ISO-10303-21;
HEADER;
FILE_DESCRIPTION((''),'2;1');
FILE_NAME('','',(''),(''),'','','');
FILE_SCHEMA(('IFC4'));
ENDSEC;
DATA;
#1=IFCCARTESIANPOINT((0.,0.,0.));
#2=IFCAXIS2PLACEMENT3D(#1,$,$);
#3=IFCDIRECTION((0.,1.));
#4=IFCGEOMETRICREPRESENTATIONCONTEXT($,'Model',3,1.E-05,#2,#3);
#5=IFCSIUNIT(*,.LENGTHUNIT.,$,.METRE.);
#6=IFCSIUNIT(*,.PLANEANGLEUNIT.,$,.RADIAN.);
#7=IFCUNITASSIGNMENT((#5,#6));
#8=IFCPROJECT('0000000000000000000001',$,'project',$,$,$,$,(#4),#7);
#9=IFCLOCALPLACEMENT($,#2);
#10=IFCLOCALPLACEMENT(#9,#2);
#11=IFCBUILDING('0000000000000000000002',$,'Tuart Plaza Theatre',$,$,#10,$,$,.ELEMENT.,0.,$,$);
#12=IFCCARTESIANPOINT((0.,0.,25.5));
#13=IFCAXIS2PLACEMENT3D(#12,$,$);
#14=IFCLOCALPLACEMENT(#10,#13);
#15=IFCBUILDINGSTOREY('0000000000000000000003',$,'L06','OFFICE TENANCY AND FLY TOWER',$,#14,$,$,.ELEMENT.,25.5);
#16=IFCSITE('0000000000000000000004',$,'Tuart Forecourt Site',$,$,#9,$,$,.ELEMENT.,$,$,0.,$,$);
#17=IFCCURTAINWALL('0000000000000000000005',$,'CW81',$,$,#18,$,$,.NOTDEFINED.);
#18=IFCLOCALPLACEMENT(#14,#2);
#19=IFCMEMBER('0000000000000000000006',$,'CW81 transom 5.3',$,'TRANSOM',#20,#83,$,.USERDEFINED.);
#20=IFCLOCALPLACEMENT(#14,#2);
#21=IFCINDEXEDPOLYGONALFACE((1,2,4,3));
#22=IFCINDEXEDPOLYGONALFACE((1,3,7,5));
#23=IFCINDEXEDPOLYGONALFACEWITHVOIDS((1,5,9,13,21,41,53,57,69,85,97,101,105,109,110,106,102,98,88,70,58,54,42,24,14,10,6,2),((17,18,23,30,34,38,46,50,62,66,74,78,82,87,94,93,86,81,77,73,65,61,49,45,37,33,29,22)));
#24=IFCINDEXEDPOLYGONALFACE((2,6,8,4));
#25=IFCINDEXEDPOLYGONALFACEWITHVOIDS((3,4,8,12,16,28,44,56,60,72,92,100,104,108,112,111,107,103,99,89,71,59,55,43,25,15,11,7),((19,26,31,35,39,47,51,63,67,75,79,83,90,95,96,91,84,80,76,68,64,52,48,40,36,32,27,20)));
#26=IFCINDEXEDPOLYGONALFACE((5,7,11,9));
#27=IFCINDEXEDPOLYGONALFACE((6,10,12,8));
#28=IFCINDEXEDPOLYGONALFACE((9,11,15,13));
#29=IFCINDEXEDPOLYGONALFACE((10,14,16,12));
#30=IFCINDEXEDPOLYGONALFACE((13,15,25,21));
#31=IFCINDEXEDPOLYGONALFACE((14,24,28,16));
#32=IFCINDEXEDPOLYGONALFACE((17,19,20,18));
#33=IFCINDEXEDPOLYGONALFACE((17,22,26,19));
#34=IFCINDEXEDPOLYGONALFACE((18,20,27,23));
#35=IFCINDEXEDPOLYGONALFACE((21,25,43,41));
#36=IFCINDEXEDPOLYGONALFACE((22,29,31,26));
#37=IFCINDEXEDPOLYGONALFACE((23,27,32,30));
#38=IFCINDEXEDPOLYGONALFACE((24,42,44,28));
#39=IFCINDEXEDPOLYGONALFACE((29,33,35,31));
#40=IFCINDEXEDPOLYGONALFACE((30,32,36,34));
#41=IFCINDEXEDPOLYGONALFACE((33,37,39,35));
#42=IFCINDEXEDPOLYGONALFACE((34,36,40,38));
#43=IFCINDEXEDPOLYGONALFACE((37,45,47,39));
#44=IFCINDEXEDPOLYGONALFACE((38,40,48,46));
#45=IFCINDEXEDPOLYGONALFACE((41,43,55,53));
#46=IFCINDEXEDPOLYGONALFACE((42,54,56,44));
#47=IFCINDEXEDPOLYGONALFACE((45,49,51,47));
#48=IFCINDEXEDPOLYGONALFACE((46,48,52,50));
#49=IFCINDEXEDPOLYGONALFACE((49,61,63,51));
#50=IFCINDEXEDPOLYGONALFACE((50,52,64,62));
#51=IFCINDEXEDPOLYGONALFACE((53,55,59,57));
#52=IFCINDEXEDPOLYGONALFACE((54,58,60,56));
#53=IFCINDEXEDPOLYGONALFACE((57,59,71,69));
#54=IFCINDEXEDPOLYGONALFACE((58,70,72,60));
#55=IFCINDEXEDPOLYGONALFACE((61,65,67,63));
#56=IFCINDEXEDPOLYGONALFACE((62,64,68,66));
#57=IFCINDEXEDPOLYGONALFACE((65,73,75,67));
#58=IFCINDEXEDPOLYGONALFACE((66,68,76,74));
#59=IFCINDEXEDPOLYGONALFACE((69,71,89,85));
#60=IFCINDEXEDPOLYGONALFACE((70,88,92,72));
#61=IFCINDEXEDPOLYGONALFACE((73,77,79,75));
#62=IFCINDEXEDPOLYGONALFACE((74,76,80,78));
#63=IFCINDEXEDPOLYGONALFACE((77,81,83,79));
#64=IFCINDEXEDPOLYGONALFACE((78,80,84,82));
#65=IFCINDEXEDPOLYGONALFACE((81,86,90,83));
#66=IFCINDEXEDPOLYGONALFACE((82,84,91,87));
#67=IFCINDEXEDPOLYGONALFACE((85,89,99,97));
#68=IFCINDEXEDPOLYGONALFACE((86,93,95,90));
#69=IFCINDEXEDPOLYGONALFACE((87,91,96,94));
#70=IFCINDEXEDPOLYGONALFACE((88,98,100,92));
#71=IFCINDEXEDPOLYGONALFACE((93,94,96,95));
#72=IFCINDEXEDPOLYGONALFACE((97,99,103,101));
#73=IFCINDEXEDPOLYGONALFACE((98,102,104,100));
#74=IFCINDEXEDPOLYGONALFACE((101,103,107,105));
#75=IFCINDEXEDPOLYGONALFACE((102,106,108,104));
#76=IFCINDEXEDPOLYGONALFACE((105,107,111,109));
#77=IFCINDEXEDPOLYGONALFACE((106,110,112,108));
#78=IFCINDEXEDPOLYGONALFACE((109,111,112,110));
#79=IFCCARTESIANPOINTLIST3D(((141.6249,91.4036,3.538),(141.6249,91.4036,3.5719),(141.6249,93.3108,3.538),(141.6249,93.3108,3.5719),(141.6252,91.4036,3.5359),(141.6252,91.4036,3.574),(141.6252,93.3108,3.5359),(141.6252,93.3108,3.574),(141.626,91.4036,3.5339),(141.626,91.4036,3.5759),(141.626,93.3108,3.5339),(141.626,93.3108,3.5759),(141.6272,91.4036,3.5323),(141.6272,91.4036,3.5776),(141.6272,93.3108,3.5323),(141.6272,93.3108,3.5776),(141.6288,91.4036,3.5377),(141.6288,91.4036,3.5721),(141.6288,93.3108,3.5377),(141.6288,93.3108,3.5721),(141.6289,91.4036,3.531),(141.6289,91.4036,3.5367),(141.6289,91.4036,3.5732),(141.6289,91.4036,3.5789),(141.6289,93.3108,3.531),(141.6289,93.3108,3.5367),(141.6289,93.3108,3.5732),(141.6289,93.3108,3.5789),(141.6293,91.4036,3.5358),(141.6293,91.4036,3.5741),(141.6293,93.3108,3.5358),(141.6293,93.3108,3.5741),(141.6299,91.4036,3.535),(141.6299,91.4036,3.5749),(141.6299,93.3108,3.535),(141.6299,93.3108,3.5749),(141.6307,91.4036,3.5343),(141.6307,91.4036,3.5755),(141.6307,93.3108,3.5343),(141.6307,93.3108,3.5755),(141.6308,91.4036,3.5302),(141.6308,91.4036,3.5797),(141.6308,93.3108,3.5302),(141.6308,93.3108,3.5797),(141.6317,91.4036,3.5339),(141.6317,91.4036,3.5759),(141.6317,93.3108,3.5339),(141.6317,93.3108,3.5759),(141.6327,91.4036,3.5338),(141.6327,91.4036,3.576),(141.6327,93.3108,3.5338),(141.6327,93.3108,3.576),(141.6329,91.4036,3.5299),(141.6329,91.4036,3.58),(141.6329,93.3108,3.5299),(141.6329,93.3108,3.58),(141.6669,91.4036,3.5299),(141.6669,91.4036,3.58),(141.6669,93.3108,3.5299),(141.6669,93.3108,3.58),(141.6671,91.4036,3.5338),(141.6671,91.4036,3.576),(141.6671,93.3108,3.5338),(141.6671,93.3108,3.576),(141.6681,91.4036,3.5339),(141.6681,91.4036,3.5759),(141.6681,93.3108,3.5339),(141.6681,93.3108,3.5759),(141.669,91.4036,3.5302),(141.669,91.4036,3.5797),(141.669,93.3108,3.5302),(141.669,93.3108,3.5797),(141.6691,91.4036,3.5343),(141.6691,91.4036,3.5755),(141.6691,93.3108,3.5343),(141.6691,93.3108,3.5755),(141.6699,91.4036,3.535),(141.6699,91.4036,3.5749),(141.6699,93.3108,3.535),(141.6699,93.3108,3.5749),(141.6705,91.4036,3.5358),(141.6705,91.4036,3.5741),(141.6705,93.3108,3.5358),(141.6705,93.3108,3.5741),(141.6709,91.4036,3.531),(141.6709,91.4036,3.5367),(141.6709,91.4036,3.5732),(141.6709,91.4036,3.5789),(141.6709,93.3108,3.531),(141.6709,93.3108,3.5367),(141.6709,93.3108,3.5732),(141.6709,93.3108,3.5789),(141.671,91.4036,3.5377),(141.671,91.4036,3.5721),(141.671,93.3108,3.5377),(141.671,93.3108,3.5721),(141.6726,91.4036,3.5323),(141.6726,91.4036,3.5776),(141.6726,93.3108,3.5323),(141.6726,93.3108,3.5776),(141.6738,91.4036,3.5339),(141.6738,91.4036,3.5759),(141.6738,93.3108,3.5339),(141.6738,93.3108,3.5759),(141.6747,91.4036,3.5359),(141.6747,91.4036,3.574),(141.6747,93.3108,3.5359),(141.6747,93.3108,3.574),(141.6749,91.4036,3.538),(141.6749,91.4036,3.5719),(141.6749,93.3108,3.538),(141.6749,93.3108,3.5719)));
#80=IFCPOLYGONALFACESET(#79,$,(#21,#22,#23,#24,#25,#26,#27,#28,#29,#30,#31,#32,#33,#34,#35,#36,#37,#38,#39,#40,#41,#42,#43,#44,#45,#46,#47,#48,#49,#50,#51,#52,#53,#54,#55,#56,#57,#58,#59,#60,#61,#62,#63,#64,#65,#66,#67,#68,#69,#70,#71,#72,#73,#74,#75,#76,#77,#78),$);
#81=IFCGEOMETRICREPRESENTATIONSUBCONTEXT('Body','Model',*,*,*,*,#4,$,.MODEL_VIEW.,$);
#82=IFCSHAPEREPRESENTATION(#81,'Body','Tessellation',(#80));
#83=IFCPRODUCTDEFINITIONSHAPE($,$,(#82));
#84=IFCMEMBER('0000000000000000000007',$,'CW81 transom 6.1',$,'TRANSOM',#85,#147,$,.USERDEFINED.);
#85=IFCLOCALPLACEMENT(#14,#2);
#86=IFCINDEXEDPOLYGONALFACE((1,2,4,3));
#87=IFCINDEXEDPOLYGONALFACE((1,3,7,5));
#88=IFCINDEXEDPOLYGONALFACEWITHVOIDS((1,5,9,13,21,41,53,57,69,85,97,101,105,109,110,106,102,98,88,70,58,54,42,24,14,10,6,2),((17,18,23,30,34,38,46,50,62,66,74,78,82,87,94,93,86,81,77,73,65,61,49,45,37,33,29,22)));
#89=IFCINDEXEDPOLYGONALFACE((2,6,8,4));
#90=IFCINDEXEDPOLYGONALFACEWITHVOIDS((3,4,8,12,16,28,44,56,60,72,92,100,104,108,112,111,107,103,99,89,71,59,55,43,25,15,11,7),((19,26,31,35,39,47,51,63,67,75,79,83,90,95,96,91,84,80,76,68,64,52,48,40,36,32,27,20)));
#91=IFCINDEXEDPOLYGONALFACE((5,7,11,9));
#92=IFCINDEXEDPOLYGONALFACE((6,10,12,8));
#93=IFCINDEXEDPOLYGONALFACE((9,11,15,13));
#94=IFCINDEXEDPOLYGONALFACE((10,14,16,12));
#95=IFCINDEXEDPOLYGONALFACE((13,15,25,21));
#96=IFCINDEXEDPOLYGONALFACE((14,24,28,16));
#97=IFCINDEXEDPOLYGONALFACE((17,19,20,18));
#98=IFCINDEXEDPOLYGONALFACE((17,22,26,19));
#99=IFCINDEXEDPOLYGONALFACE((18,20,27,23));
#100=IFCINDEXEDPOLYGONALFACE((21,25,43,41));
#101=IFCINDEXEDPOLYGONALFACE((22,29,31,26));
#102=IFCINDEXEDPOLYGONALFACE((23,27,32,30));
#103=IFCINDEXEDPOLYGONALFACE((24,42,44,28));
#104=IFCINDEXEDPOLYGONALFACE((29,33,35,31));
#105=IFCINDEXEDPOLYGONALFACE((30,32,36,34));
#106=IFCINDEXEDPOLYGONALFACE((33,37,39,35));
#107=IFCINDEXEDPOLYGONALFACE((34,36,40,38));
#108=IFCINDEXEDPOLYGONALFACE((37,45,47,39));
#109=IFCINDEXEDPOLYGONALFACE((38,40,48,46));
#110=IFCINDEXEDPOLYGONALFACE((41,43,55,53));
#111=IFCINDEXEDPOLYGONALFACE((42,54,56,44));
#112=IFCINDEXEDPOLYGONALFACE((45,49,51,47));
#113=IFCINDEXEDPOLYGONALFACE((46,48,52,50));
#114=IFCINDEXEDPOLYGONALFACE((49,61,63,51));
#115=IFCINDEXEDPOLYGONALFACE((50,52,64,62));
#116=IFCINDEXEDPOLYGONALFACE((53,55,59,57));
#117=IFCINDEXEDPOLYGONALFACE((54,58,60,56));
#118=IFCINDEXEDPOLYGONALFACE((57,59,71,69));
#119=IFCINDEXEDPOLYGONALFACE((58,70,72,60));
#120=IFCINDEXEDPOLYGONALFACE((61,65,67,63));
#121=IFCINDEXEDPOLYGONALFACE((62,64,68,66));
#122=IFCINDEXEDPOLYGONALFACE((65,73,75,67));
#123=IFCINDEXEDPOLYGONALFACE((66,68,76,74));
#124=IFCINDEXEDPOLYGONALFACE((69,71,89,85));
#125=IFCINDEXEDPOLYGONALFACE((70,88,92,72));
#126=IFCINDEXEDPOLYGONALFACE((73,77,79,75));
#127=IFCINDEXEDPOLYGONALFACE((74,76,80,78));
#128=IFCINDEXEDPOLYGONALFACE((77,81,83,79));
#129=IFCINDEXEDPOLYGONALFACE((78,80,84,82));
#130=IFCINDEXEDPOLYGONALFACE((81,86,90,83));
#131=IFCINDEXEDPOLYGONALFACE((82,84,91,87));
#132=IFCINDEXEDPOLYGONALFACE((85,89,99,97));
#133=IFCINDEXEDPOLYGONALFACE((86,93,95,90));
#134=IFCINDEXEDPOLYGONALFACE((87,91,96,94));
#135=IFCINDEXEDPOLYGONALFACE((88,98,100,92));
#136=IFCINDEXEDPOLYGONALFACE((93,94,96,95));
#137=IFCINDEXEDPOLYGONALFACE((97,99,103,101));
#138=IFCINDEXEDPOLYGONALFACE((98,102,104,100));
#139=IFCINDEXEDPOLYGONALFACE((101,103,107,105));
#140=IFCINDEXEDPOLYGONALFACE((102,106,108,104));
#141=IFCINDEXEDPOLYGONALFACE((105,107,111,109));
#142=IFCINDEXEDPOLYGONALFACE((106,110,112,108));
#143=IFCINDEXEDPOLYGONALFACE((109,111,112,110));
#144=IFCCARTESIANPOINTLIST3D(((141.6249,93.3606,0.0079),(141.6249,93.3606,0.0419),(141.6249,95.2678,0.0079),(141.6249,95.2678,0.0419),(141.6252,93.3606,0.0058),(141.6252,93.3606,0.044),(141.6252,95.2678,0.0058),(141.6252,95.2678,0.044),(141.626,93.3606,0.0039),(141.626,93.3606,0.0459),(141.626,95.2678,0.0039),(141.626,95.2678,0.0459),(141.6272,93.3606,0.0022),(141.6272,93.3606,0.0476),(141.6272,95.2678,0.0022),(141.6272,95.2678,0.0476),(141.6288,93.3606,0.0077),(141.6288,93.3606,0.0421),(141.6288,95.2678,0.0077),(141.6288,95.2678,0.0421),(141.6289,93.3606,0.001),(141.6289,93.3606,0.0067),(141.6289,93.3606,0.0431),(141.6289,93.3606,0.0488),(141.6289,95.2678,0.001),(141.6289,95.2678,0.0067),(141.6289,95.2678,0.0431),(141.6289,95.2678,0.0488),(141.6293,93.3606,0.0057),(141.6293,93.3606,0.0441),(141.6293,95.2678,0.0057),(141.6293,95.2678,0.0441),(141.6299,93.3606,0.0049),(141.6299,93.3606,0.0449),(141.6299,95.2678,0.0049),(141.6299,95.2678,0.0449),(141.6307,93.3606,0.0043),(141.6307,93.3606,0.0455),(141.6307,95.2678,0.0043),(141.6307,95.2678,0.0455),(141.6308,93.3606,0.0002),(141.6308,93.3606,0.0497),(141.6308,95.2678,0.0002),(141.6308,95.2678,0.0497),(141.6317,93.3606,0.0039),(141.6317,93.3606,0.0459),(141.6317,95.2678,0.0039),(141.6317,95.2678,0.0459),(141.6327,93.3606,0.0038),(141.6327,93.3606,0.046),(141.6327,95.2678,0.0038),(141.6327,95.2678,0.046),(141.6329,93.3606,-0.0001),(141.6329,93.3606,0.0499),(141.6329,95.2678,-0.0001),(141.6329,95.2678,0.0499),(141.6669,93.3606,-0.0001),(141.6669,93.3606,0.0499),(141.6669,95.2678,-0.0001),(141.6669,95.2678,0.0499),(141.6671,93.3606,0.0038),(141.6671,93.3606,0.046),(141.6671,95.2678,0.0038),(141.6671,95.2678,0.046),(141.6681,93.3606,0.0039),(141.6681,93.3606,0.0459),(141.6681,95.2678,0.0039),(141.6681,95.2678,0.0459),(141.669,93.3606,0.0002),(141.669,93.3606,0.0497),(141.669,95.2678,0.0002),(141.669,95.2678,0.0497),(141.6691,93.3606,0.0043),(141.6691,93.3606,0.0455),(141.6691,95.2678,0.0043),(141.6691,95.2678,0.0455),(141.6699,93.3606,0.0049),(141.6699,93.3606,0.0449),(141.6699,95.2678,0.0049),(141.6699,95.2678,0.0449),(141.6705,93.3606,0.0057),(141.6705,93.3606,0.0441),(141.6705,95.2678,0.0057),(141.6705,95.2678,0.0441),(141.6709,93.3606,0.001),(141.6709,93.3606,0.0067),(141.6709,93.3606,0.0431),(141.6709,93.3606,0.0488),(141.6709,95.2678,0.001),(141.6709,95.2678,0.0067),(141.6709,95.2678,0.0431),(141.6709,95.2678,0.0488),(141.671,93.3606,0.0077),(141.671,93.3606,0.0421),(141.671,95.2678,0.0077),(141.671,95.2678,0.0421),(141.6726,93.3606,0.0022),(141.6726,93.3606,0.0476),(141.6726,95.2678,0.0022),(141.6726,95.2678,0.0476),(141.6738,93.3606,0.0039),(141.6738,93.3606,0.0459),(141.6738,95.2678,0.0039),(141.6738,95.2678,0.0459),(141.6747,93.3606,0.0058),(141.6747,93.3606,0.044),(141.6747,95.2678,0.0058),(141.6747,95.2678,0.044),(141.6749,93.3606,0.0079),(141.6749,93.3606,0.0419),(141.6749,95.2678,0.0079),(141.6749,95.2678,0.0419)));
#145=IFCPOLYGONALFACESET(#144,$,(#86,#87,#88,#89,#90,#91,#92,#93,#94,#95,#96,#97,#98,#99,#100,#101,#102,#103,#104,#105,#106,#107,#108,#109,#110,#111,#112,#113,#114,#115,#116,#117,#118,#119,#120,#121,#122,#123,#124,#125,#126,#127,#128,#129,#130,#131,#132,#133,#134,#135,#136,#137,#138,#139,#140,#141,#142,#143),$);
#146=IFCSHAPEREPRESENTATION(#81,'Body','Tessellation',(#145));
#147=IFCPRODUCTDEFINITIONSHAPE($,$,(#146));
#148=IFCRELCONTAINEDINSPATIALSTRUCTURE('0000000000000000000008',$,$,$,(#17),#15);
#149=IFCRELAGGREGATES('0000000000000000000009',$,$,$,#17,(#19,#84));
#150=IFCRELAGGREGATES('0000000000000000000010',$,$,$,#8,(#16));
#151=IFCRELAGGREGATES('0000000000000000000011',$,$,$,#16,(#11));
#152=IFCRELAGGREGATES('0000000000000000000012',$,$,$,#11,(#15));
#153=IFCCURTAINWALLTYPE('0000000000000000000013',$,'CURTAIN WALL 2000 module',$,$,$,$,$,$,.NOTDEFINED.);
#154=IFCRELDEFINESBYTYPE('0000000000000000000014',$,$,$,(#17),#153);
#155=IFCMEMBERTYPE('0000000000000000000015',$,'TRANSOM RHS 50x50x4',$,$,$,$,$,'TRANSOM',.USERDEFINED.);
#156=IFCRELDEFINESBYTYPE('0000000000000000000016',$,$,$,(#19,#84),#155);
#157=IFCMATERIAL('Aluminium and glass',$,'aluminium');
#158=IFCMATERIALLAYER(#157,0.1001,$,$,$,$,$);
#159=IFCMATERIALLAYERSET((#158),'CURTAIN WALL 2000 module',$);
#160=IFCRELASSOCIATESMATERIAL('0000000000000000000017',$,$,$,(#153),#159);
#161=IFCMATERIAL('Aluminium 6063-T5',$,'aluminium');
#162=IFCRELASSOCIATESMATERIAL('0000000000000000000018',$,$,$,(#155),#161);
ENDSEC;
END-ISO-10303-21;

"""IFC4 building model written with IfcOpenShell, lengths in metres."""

from ifc_helpers import new_model, si_unit, direction, frame, origin, origin_2d, place, context, subcontext, project, spatial, hollow_rectangle, extrude, material, layer, layer_set, material_profile, profile_set, type_object, element, aggregate, save


model = new_model("IFC4")

# Units and contexts
model_context = context("Model", 3, precision=1e-05, world=origin(), true_north=direction((0.0, 1.0)))
body_context = subcontext(model_context, "Body", "Model", "MODEL_VIEW")
ifc_project = project(units=[si_unit("LENGTHUNIT", "METRE"), si_unit("PLANEANGLEUNIT", "RADIAN")], contexts=[model_context])

# Site, building, storey
site_placement = place(None, origin())
site = spatial("IfcSite", under=ifc_project, at=site_placement, Name="Tuart Forecourt Site", CompositionType="ELEMENT", RefElevation=0.0)
building_placement = place(site_placement, origin())
building = spatial("IfcBuilding", under=site, at=building_placement, Name="Tuart Plaza Theatre", CompositionType="ELEMENT", ElevationOfRefHeight=0.0)
storey_placement = place(building_placement, frame((0.0, 0.0, 25.5)))
storey = spatial("IfcBuildingStorey", under=building, at=storey_placement, Name="L06", Description="OFFICE TENANCY AND FLY TOWER", CompositionType="ELEMENT", Elevation=25.5)

# Curtain wall
ifc_material_1 = material(Name="Aluminium and glass", Category="aluminium")
ifc_layer_1 = layer(ifc_material_1, 0.1001)
ifc_layer_set_1 = layer_set([ifc_layer_1], Name="CURTAIN WALL 2000 module")
curtain_wall_type = type_object("IfcCurtainWallType", Name="CURTAIN WALL 2000 module", PredefinedType="NOTDEFINED", material=ifc_layer_set_1)
curtain_wall_1_placement = place(storey_placement, origin())
curtain_wall_1 = element("IfcCurtainWall", 1, at=curtain_wall_1_placement, inside=storey, type_object=curtain_wall_type, Name="CW81", PredefinedType="NOTDEFINED")

# Members
ifc_material_2 = material(Name="Aluminium 6063-T5", Category="aluminium")
ifc_material_profile_1 = material_profile(ifc_material_2, hollow_rectangle(XDim=0.05, YDim=0.05, WallThickness=0.0039, InnerFilletRadius=0.0039, OuterFilletRadius=0.0081, at=origin_2d()), Name="RHS 50x50x4")
ifc_profile_set_1 = profile_set([ifc_material_profile_1], Name="Aluminium 6063-T5")
member_type_1 = type_object("IfcMemberType", Name="TRANSOM RHS 50x50x4", ElementType="TRANSOM", PredefinedType="USERDEFINED", material=ifc_profile_set_1)
member_1_placement = place(storey_placement, frame((141.6499, 91.4036, 3.5549), z_axis=(0.0, 1.0, 0.0), x_axis=(-1.0, 0.0, 0.0)))
member_1 = element("IfcMember", 2, at=member_1_placement, type_object=member_type_1, Name="CW81 transom 5.3", ObjectType="TRANSOM", PredefinedType="USERDEFINED", context=body_context, shape_type="SweptSolid", body=[
    extrude(hollow_rectangle(XDim=0.05, YDim=0.05, WallThickness=0.0039, InnerFilletRadius=0.0039, OuterFilletRadius=0.0081, at=origin_2d()), origin(), (0.0, 0.0, 1.0), 1.9072),
])
member_2_placement = place(storey_placement, frame((141.6499, 93.3606, 0.0249), z_axis=(0.0, 1.0, 0.0), x_axis=(-1.0, 0.0, 0.0)))
member_2 = element("IfcMember", 3, at=member_2_placement, type_object=member_type_1, Name="CW81 transom 6.1", ObjectType="TRANSOM", PredefinedType="USERDEFINED", context=body_context, shape_type="SweptSolid", body=[
    extrude(hollow_rectangle(XDim=0.05, YDim=0.05, WallThickness=0.0039, InnerFilletRadius=0.0039, OuterFilletRadius=0.0081, at=origin_2d()), origin(), (0.0, 0.0, 1.0), 1.9072),
])

aggregate(curtain_wall_1, [member_1, member_2])

save(model, "model.ifc")
